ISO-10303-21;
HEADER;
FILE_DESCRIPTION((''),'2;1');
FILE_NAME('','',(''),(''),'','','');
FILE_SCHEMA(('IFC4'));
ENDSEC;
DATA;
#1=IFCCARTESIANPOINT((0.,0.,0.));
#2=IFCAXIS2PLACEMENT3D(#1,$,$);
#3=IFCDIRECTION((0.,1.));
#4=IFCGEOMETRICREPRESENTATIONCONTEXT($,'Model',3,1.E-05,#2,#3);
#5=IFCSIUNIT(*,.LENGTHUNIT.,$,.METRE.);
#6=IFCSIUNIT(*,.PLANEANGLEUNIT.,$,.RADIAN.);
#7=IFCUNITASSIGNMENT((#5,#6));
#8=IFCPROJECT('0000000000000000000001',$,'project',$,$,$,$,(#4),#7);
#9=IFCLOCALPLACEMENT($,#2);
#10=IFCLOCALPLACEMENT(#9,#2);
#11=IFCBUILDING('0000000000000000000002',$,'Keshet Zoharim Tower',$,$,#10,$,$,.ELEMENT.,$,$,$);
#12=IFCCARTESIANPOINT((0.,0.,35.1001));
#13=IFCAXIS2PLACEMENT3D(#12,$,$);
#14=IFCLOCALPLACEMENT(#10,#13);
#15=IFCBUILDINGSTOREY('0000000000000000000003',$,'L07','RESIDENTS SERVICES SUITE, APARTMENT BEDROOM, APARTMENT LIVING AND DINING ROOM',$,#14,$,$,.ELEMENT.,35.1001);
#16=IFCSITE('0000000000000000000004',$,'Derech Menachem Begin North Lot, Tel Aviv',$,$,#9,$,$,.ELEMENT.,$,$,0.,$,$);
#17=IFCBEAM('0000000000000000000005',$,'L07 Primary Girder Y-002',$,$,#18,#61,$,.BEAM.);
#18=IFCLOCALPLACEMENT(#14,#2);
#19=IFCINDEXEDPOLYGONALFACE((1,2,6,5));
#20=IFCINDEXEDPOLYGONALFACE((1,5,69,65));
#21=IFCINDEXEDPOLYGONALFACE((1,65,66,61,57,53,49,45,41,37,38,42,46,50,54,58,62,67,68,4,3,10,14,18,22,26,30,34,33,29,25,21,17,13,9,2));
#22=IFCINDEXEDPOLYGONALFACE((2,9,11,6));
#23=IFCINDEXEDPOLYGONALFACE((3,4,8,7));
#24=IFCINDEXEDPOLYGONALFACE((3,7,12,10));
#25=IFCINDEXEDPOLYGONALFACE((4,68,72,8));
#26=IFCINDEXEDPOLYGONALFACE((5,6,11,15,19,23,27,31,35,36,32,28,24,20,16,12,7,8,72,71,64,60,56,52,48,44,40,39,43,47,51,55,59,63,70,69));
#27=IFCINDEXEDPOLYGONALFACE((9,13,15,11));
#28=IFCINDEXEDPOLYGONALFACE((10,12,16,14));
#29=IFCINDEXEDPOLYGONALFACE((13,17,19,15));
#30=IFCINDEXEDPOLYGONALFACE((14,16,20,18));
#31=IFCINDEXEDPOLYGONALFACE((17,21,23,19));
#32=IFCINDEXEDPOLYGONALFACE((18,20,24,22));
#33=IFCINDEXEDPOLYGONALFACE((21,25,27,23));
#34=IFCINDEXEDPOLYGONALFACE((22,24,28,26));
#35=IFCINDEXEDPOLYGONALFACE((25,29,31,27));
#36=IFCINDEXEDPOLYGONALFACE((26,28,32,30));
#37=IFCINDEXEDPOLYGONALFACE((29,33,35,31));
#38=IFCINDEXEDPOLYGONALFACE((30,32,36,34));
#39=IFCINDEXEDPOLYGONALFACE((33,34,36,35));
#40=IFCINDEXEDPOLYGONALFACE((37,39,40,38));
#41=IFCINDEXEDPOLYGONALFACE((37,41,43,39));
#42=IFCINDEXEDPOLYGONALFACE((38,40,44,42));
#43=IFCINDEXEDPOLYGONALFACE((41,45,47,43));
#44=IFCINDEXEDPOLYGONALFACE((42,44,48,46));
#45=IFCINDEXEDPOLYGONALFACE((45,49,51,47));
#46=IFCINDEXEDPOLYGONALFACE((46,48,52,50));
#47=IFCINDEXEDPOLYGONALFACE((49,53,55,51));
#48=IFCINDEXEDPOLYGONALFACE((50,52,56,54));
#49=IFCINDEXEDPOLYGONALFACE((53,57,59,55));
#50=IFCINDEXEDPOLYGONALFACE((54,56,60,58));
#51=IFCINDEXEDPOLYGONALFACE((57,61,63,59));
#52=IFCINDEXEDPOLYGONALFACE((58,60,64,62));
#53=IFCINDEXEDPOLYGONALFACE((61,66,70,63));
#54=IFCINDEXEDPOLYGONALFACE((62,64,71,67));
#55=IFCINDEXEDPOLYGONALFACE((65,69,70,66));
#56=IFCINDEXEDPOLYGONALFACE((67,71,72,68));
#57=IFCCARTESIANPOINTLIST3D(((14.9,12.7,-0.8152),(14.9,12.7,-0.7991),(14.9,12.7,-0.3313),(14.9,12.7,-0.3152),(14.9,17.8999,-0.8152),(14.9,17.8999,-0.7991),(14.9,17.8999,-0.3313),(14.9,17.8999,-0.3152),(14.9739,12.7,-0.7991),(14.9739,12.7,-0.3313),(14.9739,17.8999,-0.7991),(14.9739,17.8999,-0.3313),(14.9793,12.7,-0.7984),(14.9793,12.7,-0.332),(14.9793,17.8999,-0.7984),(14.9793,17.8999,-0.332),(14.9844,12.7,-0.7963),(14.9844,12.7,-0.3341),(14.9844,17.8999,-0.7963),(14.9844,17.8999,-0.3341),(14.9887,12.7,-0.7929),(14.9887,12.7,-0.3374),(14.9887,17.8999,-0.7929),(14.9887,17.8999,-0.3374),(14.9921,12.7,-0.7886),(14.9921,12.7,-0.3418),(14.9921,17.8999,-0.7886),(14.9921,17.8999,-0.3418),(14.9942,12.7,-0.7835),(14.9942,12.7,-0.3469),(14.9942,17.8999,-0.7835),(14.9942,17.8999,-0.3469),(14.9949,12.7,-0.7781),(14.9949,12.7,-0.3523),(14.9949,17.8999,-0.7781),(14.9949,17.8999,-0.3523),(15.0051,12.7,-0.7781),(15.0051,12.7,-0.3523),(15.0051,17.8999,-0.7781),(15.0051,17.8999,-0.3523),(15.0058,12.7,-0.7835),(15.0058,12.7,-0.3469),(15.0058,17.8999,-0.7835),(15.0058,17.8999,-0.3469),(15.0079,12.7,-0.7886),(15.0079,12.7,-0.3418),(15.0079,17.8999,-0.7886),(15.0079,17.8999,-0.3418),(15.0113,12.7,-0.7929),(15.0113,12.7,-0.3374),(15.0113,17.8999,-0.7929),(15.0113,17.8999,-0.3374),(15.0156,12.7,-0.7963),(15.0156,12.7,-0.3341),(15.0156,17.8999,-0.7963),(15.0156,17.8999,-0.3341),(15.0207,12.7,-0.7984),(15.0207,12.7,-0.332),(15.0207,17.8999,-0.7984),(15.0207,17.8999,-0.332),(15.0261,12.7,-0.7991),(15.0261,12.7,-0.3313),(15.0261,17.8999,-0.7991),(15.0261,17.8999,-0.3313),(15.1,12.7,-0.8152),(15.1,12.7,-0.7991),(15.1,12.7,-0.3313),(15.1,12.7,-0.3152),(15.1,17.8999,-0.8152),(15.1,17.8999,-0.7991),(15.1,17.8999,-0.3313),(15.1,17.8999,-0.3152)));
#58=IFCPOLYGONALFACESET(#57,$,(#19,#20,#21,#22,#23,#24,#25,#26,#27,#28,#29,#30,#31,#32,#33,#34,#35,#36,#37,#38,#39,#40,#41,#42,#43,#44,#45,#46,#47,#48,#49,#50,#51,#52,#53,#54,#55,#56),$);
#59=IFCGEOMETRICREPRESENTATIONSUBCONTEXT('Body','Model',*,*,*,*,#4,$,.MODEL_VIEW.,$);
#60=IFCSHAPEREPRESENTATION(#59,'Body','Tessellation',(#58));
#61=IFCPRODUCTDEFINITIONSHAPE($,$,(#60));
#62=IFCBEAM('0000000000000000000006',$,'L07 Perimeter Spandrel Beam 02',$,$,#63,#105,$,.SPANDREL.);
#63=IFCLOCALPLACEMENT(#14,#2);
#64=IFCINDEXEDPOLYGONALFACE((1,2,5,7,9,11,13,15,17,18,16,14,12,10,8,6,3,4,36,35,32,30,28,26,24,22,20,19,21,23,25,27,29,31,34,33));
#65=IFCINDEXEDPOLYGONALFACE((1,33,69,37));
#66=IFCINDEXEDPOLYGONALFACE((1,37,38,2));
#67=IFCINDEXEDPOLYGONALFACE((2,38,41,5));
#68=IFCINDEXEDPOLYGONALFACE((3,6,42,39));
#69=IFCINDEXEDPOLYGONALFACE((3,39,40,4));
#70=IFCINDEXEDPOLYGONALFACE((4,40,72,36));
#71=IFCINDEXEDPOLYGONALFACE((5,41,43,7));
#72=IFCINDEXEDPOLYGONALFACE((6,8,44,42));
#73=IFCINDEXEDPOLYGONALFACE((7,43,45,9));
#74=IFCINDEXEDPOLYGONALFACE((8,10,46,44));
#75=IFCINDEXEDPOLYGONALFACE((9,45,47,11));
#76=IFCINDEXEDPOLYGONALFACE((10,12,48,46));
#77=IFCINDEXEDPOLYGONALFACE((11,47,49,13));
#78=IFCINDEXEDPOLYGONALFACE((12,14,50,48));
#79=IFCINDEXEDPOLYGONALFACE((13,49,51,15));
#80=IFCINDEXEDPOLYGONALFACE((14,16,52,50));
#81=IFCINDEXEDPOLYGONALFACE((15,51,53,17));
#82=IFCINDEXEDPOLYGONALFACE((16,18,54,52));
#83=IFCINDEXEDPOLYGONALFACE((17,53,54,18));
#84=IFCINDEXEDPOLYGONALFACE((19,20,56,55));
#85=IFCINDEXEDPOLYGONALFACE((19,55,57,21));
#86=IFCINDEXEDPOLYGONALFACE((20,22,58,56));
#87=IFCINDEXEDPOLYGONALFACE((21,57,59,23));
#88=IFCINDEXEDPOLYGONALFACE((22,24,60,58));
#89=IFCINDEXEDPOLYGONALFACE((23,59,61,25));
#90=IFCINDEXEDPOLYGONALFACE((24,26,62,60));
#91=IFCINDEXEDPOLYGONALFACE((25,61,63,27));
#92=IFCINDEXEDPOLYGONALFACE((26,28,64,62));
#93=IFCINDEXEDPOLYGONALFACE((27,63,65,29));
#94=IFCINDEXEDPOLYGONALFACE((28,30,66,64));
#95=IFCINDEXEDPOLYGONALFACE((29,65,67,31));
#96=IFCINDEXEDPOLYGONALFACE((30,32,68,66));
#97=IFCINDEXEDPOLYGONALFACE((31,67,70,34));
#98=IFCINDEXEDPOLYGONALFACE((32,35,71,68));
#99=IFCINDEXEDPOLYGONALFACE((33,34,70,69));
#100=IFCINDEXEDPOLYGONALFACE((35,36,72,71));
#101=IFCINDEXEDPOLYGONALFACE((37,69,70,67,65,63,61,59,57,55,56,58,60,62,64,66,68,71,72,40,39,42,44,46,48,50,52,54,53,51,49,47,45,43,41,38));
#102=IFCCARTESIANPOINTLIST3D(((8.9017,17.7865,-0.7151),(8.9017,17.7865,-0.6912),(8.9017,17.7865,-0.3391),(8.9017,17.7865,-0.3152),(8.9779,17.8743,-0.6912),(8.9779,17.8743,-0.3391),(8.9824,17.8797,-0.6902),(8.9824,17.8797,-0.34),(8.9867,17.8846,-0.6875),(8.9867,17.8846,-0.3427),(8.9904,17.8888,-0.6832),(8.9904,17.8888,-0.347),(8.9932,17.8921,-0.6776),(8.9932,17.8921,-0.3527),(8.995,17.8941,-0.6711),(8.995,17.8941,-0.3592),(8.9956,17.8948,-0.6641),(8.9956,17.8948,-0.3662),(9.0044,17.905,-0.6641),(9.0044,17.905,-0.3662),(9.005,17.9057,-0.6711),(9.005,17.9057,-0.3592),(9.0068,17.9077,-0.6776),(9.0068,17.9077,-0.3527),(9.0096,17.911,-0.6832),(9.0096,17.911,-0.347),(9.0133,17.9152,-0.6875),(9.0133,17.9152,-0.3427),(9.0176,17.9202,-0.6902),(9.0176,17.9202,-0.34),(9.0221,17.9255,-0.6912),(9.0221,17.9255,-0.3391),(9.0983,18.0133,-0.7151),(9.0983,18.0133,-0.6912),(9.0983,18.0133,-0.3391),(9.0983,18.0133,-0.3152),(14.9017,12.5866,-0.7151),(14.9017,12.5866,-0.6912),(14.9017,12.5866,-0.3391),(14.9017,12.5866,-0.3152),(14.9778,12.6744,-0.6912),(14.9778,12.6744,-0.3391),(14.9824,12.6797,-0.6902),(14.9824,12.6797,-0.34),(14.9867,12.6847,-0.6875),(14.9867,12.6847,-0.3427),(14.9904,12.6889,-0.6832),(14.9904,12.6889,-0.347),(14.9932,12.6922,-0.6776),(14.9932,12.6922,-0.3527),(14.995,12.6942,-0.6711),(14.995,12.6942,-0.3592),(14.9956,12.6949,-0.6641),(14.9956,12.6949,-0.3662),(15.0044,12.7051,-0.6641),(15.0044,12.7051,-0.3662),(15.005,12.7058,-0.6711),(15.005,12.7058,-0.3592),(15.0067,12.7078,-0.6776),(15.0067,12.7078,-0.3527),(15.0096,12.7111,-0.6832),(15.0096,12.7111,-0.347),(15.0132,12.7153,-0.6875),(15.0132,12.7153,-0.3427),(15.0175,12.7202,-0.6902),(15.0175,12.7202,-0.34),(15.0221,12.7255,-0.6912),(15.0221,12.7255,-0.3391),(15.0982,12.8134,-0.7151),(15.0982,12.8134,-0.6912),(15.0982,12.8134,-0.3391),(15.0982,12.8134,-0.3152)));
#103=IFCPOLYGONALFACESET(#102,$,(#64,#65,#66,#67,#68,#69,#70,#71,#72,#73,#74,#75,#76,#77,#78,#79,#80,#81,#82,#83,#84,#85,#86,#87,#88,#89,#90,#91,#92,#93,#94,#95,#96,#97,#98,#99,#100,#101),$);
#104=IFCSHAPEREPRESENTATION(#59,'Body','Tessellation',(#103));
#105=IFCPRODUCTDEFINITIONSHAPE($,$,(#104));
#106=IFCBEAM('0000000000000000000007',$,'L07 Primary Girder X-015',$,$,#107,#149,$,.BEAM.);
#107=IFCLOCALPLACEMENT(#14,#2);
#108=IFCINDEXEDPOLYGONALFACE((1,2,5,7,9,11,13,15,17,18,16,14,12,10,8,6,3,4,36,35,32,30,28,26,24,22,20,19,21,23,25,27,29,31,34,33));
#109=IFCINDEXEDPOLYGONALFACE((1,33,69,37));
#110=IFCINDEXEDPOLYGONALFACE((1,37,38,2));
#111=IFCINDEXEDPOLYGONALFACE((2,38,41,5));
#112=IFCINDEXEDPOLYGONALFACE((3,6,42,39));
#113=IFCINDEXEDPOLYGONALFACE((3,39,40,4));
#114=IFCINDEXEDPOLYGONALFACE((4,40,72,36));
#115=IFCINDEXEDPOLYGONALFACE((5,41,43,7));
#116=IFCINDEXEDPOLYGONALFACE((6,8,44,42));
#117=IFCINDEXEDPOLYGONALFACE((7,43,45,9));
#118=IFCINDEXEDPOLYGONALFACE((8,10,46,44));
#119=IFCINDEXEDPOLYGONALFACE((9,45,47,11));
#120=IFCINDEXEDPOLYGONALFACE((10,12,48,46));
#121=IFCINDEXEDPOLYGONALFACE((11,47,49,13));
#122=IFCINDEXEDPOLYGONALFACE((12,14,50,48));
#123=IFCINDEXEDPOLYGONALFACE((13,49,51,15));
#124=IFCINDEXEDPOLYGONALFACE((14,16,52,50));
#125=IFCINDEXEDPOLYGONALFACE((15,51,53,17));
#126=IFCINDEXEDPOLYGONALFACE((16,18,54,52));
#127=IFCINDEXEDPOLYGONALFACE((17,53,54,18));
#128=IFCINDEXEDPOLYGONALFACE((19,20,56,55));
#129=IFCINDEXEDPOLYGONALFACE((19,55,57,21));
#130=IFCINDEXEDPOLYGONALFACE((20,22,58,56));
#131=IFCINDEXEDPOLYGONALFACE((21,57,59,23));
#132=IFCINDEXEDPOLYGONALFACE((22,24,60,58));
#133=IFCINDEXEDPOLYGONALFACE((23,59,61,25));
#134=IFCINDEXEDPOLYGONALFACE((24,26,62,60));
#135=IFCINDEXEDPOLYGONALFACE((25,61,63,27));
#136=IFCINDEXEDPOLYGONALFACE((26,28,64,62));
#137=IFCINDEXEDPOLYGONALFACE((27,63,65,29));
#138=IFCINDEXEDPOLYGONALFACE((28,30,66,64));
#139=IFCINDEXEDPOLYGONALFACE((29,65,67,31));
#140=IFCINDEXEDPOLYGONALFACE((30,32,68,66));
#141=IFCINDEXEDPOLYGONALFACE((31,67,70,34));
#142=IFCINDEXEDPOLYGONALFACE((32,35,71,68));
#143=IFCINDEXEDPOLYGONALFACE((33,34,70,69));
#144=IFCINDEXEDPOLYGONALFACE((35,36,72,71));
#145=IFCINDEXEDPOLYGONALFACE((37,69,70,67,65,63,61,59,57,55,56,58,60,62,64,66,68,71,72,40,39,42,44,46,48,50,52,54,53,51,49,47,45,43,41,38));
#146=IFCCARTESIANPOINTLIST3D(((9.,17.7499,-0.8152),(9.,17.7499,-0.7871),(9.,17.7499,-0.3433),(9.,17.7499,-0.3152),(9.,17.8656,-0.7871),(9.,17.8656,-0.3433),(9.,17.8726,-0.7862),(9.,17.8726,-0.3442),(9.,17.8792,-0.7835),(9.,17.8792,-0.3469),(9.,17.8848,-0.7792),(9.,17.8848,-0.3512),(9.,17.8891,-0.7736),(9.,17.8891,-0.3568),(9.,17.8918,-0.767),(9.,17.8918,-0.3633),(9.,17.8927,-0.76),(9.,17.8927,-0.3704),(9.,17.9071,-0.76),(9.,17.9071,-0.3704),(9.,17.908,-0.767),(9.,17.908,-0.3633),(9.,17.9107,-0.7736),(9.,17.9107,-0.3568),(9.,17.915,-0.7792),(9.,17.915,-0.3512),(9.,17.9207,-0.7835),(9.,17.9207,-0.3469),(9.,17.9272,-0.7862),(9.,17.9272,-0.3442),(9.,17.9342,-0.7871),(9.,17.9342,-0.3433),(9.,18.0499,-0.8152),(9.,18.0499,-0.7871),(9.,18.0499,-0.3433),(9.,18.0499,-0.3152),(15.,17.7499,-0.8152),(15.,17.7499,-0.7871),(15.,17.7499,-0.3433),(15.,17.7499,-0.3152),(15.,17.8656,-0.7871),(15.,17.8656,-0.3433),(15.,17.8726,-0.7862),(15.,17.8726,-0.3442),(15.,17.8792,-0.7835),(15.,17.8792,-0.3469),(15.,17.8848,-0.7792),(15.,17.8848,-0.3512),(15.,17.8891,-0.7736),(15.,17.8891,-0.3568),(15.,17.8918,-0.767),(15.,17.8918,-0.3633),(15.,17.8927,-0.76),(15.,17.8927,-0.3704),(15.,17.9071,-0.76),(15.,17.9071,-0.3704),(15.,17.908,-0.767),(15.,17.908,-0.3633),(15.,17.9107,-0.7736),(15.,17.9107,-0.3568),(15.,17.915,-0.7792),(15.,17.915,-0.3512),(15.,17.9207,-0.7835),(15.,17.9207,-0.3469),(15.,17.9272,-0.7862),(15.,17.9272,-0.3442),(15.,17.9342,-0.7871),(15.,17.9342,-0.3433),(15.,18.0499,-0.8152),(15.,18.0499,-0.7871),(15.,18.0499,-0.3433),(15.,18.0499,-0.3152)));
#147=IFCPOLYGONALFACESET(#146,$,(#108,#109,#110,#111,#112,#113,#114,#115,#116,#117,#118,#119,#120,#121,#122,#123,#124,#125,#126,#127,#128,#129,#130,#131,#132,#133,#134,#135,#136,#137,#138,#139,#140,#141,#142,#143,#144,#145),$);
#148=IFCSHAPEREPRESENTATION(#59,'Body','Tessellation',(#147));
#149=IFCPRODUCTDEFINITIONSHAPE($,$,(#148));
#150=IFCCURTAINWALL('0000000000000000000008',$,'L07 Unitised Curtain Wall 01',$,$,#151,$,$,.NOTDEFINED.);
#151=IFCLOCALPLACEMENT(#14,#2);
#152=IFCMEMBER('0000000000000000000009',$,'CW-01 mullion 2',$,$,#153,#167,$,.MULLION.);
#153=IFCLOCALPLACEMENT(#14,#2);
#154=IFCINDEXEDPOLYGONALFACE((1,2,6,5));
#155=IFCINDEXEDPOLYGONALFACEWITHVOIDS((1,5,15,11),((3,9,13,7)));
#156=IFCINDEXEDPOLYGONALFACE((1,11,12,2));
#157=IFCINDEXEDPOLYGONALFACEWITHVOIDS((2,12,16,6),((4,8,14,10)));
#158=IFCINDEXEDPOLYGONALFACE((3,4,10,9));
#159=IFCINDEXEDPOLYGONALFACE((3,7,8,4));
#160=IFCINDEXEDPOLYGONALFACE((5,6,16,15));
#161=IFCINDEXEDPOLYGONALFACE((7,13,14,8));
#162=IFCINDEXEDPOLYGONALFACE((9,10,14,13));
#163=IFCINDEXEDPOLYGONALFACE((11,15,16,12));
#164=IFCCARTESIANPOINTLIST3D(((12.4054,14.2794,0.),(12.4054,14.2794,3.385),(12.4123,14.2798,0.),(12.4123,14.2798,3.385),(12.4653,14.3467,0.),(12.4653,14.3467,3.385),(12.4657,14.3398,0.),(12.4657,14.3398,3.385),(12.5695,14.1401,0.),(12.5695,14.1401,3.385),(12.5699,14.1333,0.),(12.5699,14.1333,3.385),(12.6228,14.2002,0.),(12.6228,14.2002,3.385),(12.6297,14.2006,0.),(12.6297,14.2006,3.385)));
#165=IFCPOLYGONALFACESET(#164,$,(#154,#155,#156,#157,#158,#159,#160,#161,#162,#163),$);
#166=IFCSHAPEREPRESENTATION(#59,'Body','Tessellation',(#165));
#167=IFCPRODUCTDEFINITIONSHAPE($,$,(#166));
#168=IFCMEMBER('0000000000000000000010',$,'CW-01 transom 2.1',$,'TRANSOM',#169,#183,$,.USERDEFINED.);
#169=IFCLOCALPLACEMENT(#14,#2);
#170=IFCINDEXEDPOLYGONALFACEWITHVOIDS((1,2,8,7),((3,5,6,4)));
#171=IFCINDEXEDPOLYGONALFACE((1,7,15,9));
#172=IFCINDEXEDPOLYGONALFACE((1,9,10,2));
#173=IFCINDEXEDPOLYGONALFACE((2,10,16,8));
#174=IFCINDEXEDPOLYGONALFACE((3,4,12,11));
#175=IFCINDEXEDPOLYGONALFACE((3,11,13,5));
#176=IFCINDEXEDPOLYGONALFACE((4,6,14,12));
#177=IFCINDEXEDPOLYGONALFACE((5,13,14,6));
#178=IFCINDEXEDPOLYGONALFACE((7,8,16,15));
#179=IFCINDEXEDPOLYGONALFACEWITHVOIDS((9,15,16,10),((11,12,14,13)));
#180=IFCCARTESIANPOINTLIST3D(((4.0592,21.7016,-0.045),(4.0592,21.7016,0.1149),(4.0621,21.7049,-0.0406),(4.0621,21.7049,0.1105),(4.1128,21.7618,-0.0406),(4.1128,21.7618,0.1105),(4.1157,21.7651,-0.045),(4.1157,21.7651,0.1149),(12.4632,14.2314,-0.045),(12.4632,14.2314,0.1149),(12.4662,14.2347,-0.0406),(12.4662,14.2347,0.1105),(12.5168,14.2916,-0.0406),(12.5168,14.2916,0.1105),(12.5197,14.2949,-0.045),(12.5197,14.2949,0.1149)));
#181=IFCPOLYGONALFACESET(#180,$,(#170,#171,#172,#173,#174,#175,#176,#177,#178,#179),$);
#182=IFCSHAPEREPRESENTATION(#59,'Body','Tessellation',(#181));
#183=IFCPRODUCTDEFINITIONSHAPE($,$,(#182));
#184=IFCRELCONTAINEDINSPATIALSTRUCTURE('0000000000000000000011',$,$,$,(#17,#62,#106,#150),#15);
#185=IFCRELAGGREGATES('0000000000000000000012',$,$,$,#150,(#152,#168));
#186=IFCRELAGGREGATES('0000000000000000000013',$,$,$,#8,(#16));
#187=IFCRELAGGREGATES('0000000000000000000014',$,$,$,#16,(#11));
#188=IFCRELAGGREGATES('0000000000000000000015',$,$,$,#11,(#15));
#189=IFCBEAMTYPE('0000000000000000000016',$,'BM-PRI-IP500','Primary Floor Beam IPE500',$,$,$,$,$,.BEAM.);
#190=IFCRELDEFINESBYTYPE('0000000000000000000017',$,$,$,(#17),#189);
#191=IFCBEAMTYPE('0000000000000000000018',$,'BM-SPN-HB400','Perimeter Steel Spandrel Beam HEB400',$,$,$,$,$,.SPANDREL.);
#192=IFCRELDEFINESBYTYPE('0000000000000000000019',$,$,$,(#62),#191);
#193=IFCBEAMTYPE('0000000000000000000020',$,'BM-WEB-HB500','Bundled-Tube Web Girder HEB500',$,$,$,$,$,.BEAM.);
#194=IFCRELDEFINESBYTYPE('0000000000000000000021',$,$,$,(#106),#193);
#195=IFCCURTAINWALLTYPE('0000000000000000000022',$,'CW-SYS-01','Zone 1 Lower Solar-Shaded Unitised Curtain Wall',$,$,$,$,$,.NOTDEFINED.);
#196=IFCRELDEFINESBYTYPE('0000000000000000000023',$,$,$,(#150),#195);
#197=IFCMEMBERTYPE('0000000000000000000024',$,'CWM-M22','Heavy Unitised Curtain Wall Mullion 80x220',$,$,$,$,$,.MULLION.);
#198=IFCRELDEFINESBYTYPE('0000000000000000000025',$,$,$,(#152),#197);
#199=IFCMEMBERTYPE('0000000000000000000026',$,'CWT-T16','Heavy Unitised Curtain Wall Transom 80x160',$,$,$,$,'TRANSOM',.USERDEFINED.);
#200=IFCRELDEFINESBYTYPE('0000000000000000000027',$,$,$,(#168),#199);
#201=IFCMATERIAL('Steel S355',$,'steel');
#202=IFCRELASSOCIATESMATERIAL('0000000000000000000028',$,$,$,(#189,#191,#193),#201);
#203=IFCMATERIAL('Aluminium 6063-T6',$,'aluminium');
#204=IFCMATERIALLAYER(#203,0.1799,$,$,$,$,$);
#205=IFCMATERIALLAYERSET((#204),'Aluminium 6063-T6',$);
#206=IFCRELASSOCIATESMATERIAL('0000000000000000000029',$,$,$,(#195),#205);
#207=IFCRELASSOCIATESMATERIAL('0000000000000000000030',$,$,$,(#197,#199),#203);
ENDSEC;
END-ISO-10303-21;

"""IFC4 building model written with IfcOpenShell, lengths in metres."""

from ifc_helpers import new_model, si_unit, direction, frame, origin, origin_2d, place, context, subcontext, project, spatial, hollow_rectangle, i_section, extrude, material, layer, layer_set, material_profile, profile_set, type_object, element, aggregate, save


model = new_model("IFC4")

# Units and contexts
model_context = context("Model", 3, precision=1e-05, world=origin(), true_north=direction((0.0, 1.0)))
body_context = subcontext(model_context, "Body", "Model", "MODEL_VIEW")
ifc_project = project(units=[si_unit("LENGTHUNIT", "METRE"), si_unit("PLANEANGLEUNIT", "RADIAN")], contexts=[model_context])

# Site, building, storey
site_placement = place(None, origin())
site = spatial("IfcSite", under=ifc_project, at=site_placement, Name="Derech Menachem Begin North Lot, Tel Aviv", CompositionType="ELEMENT", RefElevation=0.0)
building_placement = place(site_placement, origin())
building = spatial("IfcBuilding", under=site, at=building_placement, Name="Keshet Zoharim Tower", CompositionType="ELEMENT")
storey_placement = place(building_placement, frame((0.0, 0.0, 35.1001)))
storey = spatial("IfcBuildingStorey", under=building, at=storey_placement, Name="L07", Description="RESIDENTS SERVICES SUITE, APARTMENT BEDROOM, APARTMENT LIVING AND DINING ROOM", CompositionType="ELEMENT", Elevation=35.1001)

# Shared definitions
ifc_material_1 = material(Name="Steel S355", Category="steel")

# Beams
ifc_material_profile_1 = material_profile(ifc_material_1, i_section(OverallWidth=0.2, OverallDepth=0.5, WebThickness=0.0103, FlangeThickness=0.0161, FilletRadius=0.021, at=origin_2d()), Name="IPE500")
ifc_profile_set_1 = profile_set([ifc_material_profile_1], Name="Steel S355")
beam_type_1 = type_object("IfcBeamType", Name="BM-PRI-IP500", Description="Primary Floor Beam IPE500", PredefinedType="BEAM", material=ifc_profile_set_1)
beam_1_placement = place(storey_placement, frame((15.0, 12.7, -0.5652), z_axis=(0.0, 1.0, 0.0), x_axis=(-1.0, 0.0, 0.0)))
element("IfcBeam", 1, at=beam_1_placement, inside=storey, type_object=beam_type_1, Name="L07 Primary Girder Y-002", PredefinedType="BEAM", context=body_context, shape_type="SweptSolid", body=[
    extrude(i_section(OverallWidth=0.2, OverallDepth=0.5, WebThickness=0.0103, FlangeThickness=0.0161, FilletRadius=0.021, at=origin_2d()), origin(), (0.0, 0.0, 1.0), 5.2),
])
ifc_material_profile_2 = material_profile(ifc_material_1, i_section(OverallWidth=0.3, OverallDepth=0.3999, WebThickness=0.0134, FlangeThickness=0.0239, FilletRadius=0.0271, at=origin_2d()), Name="HEB400")
ifc_profile_set_2 = profile_set([ifc_material_profile_2], Name="Steel S355")
beam_type_2 = type_object("IfcBeamType", Name="BM-SPN-HB400", Description="Perimeter Steel Spandrel Beam HEB400", PredefinedType="SPANDREL", material=ifc_profile_set_2)
beam_2_placement = place(storey_placement, frame((9.0, 17.8999, -0.5151), z_axis=(0.755692, -0.654927, 0.0), x_axis=(0.654927, 0.755692, 0.0)))
element("IfcBeam", 2, at=beam_2_placement, inside=storey, type_object=beam_type_2, Name="L07 Perimeter Spandrel Beam 02", PredefinedType="SPANDREL", context=body_context, shape_type="SweptSolid", body=[
    extrude(i_section(OverallWidth=0.3, OverallDepth=0.3999, WebThickness=0.0134, FlangeThickness=0.0239, FilletRadius=0.0271, at=origin_2d()), origin(), (0.0, 0.0, 1.0), 7.9397),
])
ifc_material_profile_3 = material_profile(ifc_material_1, i_section(OverallWidth=0.3, OverallDepth=0.5, WebThickness=0.0144, FlangeThickness=0.0281, FilletRadius=0.0271, at=origin_2d()), Name="HEB500")
ifc_profile_set_3 = profile_set([ifc_material_profile_3], Name="Steel S355")
beam_type_3 = type_object("IfcBeamType", Name="BM-WEB-HB500", Description="Bundled-Tube Web Girder HEB500", PredefinedType="BEAM", material=ifc_profile_set_3)
beam_3_placement = place(storey_placement, frame((9.0, 17.8999, -0.5652), z_axis=(1.0, 0.0, 0.0), x_axis=(0.0, 1.0, 0.0)))
element("IfcBeam", 3, at=beam_3_placement, inside=storey, type_object=beam_type_3, Name="L07 Primary Girder X-015", PredefinedType="BEAM", context=body_context, shape_type="SweptSolid", body=[
    extrude(i_section(OverallWidth=0.3, OverallDepth=0.5, WebThickness=0.0144, FlangeThickness=0.0281, FilletRadius=0.0271, at=origin_2d()), origin(), (0.0, 0.0, 1.0), 6.0),
])

# Curtain wall, members
ifc_material_2 = material(Name="Aluminium 6063-T6", Category="aluminium")
ifc_layer_1 = layer(ifc_material_2, 0.1799)
ifc_layer_set_1 = layer_set([ifc_layer_1], Name="Aluminium 6063-T6")
curtain_wall_type = type_object("IfcCurtainWallType", Name="CW-SYS-01", Description="Zone 1 Lower Solar-Shaded Unitised Curtain Wall", PredefinedType="NOTDEFINED", material=ifc_layer_set_1)
curtain_wall_placement = place(storey_placement, origin())
curtain_wall = element("IfcCurtainWall", 4, at=curtain_wall_placement, inside=storey, type_object=curtain_wall_type, Name="L07 Unitised Curtain Wall 01", PredefinedType="NOTDEFINED")
ifc_material_profile_4 = material_profile(ifc_material_2, hollow_rectangle(XDim=0.0901, YDim=0.22, WallThickness=0.0049, at=origin_2d()), Name="MUL-90x220")
ifc_profile_set_4 = profile_set([ifc_material_profile_4], Name="Aluminium 6063-T6")
member_type_1 = type_object("IfcMemberType", Name="CWM-M22", Description="Heavy Unitised Curtain Wall Mullion 80x220", PredefinedType="MULLION", material=ifc_profile_set_4)
member_1_placement = place(storey_placement, frame((12.5176, 14.24, 0.0), z_axis=(0.0, 0.0, 1.0), x_axis=(-0.664364, -0.747409, 0.0)))
member_1 = element("IfcMember", 5, at=member_1_placement, type_object=member_type_1, Name="CW-01 mullion 2", PredefinedType="MULLION", context=body_context, shape_type="SweptSolid", body=[
    extrude(hollow_rectangle(XDim=0.0901, YDim=0.22, WallThickness=0.0049, at=origin_2d()), origin(), (0.0, 0.0, 1.0), 3.385),
])
ifc_material_profile_5 = material_profile(ifc_material_2, hollow_rectangle(XDim=0.085, YDim=0.1599, WallThickness=0.0044, at=origin_2d()), Name="TRN-85x160")
ifc_profile_set_5 = profile_set([ifc_material_profile_5], Name="Aluminium 6063-T6")
member_type_2 = type_object("IfcMemberType", Name="CWT-T16", Description="Heavy Unitised Curtain Wall Transom 80x160", ElementType="TRANSOM", PredefinedType="USERDEFINED", material=ifc_profile_set_5)
member_2_placement = place(storey_placement, frame((12.4915, 14.2632, 0.0349), z_axis=(-0.747412, 0.664361, 0.0), x_axis=(-0.664361, -0.747412, 0.0)))
member_2 = element("IfcMember", 6, at=member_2_placement, type_object=member_type_2, Name="CW-01 transom 2.1", ObjectType="TRANSOM", PredefinedType="USERDEFINED", context=body_context, shape_type="SweptSolid", body=[
    extrude(hollow_rectangle(XDim=0.085, YDim=0.1599, WallThickness=0.0044, at=origin_2d()), origin(), (0.0, 0.0, 1.0), 11.2441),
])
aggregate(curtain_wall, [member_1, member_2])

save(model, "model.ifc")
